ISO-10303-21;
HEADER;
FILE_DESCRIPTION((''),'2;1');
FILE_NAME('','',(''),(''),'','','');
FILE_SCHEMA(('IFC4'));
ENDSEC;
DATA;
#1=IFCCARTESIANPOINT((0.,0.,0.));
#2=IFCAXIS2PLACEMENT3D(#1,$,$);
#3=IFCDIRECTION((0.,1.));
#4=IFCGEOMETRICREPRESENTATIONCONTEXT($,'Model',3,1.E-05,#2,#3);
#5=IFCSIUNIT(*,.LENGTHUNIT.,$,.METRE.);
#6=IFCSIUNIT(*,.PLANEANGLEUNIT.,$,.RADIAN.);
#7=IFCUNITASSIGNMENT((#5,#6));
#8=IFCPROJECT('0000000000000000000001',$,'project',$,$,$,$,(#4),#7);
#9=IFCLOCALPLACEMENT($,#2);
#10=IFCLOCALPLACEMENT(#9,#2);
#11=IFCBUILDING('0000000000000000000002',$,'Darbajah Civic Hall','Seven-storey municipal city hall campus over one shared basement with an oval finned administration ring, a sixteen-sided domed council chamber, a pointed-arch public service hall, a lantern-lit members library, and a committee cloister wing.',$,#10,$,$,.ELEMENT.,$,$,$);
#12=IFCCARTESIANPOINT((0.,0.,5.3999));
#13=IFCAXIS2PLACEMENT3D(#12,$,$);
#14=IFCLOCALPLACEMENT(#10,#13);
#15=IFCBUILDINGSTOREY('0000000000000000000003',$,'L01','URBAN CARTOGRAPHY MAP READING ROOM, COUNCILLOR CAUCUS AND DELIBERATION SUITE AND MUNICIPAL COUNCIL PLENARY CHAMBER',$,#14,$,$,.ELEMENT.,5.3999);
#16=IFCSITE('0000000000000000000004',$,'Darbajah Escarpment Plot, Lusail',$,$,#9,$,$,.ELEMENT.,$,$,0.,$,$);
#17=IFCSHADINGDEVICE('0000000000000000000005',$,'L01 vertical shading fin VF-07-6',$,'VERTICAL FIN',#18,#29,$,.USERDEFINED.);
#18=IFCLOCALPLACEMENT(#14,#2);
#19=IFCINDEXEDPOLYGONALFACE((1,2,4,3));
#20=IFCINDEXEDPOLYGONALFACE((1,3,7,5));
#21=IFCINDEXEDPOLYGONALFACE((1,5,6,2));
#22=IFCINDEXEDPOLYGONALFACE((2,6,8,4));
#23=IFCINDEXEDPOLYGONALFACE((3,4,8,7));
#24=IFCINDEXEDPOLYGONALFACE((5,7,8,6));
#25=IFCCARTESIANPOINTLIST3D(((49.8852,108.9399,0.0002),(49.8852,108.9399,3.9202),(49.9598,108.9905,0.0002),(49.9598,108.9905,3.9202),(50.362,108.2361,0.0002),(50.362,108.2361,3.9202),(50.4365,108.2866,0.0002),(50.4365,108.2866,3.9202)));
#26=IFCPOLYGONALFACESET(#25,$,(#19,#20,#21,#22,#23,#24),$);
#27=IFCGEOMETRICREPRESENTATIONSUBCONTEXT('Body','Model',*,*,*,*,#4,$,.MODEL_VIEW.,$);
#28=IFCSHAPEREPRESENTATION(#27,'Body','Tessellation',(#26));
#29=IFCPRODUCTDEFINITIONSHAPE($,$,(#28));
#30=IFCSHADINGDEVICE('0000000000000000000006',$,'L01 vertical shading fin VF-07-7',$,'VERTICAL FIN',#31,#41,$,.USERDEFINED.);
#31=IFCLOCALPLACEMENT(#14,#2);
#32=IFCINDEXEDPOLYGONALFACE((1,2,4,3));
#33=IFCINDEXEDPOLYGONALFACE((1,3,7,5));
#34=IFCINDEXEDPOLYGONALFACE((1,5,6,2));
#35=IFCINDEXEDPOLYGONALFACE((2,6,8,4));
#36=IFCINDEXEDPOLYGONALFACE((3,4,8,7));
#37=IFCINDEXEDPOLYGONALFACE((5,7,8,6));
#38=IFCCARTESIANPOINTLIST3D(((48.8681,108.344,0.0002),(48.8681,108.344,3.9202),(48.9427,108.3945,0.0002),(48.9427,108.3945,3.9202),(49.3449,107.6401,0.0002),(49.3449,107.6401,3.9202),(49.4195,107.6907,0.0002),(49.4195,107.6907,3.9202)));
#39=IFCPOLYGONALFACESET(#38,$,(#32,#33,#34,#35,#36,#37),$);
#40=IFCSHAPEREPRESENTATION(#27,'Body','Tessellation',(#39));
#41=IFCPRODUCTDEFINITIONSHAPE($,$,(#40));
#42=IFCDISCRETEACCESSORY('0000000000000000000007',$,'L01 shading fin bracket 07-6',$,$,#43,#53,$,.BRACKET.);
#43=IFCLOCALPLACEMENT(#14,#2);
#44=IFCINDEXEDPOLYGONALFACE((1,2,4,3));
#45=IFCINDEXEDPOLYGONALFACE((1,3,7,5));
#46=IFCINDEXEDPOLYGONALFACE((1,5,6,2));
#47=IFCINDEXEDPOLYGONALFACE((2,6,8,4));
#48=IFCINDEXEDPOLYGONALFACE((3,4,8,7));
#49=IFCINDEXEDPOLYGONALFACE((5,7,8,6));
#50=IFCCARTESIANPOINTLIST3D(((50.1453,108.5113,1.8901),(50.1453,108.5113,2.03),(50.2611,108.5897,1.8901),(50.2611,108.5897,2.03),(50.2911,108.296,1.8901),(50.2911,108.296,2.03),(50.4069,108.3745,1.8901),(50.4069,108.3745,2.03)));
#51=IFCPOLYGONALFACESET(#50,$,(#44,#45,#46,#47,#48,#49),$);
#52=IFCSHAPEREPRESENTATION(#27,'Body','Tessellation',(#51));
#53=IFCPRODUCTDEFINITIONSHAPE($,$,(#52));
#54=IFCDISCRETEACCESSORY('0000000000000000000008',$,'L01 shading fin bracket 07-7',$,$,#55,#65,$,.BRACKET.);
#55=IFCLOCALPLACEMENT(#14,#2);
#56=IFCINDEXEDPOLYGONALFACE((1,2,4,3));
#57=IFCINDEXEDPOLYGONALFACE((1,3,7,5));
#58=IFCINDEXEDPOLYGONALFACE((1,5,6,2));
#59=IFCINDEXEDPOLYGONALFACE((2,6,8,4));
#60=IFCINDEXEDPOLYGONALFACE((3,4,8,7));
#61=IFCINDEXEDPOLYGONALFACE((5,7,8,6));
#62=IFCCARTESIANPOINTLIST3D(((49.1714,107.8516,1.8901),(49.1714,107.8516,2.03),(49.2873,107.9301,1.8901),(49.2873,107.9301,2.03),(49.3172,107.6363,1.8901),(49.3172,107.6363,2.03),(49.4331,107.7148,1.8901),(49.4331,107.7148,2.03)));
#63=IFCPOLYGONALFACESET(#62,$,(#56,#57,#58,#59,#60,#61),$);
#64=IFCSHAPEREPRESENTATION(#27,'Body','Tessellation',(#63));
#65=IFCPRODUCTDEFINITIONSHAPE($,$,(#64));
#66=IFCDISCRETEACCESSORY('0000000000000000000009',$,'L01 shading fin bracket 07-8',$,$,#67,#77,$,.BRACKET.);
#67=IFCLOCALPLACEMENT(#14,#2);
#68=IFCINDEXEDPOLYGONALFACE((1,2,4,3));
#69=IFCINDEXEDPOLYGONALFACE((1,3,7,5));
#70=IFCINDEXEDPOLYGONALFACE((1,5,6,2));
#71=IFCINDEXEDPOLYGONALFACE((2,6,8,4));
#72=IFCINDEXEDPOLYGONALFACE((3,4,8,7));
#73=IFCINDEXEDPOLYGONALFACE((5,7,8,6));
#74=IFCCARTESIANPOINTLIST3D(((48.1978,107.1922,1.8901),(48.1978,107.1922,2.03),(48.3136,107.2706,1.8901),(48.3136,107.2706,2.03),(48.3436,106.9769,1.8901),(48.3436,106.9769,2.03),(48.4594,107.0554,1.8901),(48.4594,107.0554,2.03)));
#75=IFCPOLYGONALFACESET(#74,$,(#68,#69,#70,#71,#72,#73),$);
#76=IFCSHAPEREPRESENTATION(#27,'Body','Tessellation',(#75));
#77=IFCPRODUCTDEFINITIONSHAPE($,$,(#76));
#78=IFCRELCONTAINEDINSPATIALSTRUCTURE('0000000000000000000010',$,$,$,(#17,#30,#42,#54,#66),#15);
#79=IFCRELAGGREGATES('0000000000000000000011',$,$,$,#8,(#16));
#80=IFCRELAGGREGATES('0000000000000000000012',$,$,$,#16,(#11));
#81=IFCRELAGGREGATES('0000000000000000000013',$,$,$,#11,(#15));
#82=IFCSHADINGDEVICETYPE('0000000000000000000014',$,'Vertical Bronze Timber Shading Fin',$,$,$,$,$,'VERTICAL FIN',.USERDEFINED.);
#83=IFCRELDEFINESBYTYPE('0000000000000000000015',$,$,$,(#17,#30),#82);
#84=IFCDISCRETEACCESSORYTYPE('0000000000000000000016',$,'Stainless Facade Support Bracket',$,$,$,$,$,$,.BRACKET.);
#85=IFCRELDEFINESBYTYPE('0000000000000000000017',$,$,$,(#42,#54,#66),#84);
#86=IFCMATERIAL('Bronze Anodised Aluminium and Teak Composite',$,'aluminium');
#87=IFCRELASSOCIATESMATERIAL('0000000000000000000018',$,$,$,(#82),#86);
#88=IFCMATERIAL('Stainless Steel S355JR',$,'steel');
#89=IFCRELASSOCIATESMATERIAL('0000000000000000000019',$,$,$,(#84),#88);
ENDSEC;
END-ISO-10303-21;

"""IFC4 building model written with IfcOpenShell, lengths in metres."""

from ifc_helpers import new_model, si_unit, direction, frame, origin, origin_2d, place, context, subcontext, project, spatial, rectangle, extrude, material, type_object, element, save


model = new_model("IFC4")

# Units and contexts
model_context = context("Model", 3, precision=1e-05, world=origin(), true_north=direction((0.0, 1.0)))
body_context = subcontext(model_context, "Body", "Model", "MODEL_VIEW")
ifc_project = project(units=[si_unit("LENGTHUNIT", "METRE"), si_unit("PLANEANGLEUNIT", "RADIAN")], contexts=[model_context])

# Site, building, storey
site_placement = place(None, origin())
site = spatial("IfcSite", under=ifc_project, at=site_placement, Name="Darbajah Escarpment Plot, Lusail", CompositionType="ELEMENT", RefElevation=0.0)
building_placement = place(site_placement, origin())
building = spatial("IfcBuilding", under=site, at=building_placement, Name="Darbajah Civic Hall", Description="Seven-storey municipal city hall campus over one shared basement with an oval finned administration ring, a sixteen-sided domed council chamber, a pointed-arch public service hall, a lantern-lit members library, and a committee cloister wing.", CompositionType="ELEMENT")
storey_placement = place(building_placement, frame((0.0, 0.0, 5.3999)))
storey = spatial("IfcBuildingStorey", under=building, at=storey_placement, Name="L01", Description="URBAN CARTOGRAPHY MAP READING ROOM, COUNCILLOR CAUCUS AND DELIBERATION SUITE AND MUNICIPAL COUNCIL PLENARY CHAMBER", CompositionType="ELEMENT", Elevation=5.3999)

# Shading devices
ifc_material_1 = material(Name="Bronze Anodised Aluminium and Teak Composite", Category="aluminium")
shading_device_type = type_object("IfcShadingDeviceType", Name="Vertical Bronze Timber Shading Fin", ElementType="VERTICAL FIN", PredefinedType="USERDEFINED", material=ifc_material_1)
for number, where, z_axis, x_axis, name in (
    (1, (50.1609, 108.6133, 0.0002), (0.0, 0.0, 1.0), (-0.560784, 0.827962, 0.0), "L01 vertical shading fin VF-07-6"),
    (2, (49.1438, 108.0173, 0.0002), (0.0, 0.0, 1.0), (-0.560784, 0.827962, 0.0), "L01 vertical shading fin VF-07-7"),
):
    element("IfcShadingDevice", number, at=place(storey_placement, frame(where, z_axis=z_axis, x_axis=x_axis)), inside=storey, type_object=shading_device_type, Name=name, ObjectType="VERTICAL FIN", PredefinedType="USERDEFINED", context=body_context, shape_type="SweptSolid", body=[
        extrude(rectangle(XDim=0.8501, YDim=0.0901, at=origin_2d()), origin(), (0.0, 0.0, 1.0), 3.9199),
    ])

# Discrete accessories
ifc_material_2 = material(Name="Stainless Steel S355JR", Category="steel")
discrete_accessory_type = type_object("IfcDiscreteAccessoryType", Name="Stainless Facade Support Bracket", PredefinedType="BRACKET", material=ifc_material_2)
for number, where, z_axis, x_axis, name in (
    (3, (50.2761, 108.4429, 1.8901), (0.0, 0.0, 1.0), (-0.560784, 0.827962, 0.0), "L01 shading fin bracket 07-6"),
    (4, (49.3022, 107.7832, 1.8901), (0.0, 0.0, 1.0), (-0.560784, 0.827962, 0.0), "L01 shading fin bracket 07-7"),
    (5, (48.3286, 107.1238, 1.8901), (0.0, 0.0, 1.0), (-0.560784, 0.827962, 0.0), "L01 shading fin bracket 07-8"),
):
    element("IfcDiscreteAccessory", number, at=place(storey_placement, frame(where, z_axis=z_axis, x_axis=x_axis)), inside=storey, type_object=discrete_accessory_type, Name=name, PredefinedType="BRACKET", context=body_context, shape_type="SweptSolid", body=[
        extrude(rectangle(XDim=0.26, YDim=0.1399, at=origin_2d()), origin(), (0.0, 0.0, 1.0), 0.1399),
    ])

save(model, "model.ifc")
